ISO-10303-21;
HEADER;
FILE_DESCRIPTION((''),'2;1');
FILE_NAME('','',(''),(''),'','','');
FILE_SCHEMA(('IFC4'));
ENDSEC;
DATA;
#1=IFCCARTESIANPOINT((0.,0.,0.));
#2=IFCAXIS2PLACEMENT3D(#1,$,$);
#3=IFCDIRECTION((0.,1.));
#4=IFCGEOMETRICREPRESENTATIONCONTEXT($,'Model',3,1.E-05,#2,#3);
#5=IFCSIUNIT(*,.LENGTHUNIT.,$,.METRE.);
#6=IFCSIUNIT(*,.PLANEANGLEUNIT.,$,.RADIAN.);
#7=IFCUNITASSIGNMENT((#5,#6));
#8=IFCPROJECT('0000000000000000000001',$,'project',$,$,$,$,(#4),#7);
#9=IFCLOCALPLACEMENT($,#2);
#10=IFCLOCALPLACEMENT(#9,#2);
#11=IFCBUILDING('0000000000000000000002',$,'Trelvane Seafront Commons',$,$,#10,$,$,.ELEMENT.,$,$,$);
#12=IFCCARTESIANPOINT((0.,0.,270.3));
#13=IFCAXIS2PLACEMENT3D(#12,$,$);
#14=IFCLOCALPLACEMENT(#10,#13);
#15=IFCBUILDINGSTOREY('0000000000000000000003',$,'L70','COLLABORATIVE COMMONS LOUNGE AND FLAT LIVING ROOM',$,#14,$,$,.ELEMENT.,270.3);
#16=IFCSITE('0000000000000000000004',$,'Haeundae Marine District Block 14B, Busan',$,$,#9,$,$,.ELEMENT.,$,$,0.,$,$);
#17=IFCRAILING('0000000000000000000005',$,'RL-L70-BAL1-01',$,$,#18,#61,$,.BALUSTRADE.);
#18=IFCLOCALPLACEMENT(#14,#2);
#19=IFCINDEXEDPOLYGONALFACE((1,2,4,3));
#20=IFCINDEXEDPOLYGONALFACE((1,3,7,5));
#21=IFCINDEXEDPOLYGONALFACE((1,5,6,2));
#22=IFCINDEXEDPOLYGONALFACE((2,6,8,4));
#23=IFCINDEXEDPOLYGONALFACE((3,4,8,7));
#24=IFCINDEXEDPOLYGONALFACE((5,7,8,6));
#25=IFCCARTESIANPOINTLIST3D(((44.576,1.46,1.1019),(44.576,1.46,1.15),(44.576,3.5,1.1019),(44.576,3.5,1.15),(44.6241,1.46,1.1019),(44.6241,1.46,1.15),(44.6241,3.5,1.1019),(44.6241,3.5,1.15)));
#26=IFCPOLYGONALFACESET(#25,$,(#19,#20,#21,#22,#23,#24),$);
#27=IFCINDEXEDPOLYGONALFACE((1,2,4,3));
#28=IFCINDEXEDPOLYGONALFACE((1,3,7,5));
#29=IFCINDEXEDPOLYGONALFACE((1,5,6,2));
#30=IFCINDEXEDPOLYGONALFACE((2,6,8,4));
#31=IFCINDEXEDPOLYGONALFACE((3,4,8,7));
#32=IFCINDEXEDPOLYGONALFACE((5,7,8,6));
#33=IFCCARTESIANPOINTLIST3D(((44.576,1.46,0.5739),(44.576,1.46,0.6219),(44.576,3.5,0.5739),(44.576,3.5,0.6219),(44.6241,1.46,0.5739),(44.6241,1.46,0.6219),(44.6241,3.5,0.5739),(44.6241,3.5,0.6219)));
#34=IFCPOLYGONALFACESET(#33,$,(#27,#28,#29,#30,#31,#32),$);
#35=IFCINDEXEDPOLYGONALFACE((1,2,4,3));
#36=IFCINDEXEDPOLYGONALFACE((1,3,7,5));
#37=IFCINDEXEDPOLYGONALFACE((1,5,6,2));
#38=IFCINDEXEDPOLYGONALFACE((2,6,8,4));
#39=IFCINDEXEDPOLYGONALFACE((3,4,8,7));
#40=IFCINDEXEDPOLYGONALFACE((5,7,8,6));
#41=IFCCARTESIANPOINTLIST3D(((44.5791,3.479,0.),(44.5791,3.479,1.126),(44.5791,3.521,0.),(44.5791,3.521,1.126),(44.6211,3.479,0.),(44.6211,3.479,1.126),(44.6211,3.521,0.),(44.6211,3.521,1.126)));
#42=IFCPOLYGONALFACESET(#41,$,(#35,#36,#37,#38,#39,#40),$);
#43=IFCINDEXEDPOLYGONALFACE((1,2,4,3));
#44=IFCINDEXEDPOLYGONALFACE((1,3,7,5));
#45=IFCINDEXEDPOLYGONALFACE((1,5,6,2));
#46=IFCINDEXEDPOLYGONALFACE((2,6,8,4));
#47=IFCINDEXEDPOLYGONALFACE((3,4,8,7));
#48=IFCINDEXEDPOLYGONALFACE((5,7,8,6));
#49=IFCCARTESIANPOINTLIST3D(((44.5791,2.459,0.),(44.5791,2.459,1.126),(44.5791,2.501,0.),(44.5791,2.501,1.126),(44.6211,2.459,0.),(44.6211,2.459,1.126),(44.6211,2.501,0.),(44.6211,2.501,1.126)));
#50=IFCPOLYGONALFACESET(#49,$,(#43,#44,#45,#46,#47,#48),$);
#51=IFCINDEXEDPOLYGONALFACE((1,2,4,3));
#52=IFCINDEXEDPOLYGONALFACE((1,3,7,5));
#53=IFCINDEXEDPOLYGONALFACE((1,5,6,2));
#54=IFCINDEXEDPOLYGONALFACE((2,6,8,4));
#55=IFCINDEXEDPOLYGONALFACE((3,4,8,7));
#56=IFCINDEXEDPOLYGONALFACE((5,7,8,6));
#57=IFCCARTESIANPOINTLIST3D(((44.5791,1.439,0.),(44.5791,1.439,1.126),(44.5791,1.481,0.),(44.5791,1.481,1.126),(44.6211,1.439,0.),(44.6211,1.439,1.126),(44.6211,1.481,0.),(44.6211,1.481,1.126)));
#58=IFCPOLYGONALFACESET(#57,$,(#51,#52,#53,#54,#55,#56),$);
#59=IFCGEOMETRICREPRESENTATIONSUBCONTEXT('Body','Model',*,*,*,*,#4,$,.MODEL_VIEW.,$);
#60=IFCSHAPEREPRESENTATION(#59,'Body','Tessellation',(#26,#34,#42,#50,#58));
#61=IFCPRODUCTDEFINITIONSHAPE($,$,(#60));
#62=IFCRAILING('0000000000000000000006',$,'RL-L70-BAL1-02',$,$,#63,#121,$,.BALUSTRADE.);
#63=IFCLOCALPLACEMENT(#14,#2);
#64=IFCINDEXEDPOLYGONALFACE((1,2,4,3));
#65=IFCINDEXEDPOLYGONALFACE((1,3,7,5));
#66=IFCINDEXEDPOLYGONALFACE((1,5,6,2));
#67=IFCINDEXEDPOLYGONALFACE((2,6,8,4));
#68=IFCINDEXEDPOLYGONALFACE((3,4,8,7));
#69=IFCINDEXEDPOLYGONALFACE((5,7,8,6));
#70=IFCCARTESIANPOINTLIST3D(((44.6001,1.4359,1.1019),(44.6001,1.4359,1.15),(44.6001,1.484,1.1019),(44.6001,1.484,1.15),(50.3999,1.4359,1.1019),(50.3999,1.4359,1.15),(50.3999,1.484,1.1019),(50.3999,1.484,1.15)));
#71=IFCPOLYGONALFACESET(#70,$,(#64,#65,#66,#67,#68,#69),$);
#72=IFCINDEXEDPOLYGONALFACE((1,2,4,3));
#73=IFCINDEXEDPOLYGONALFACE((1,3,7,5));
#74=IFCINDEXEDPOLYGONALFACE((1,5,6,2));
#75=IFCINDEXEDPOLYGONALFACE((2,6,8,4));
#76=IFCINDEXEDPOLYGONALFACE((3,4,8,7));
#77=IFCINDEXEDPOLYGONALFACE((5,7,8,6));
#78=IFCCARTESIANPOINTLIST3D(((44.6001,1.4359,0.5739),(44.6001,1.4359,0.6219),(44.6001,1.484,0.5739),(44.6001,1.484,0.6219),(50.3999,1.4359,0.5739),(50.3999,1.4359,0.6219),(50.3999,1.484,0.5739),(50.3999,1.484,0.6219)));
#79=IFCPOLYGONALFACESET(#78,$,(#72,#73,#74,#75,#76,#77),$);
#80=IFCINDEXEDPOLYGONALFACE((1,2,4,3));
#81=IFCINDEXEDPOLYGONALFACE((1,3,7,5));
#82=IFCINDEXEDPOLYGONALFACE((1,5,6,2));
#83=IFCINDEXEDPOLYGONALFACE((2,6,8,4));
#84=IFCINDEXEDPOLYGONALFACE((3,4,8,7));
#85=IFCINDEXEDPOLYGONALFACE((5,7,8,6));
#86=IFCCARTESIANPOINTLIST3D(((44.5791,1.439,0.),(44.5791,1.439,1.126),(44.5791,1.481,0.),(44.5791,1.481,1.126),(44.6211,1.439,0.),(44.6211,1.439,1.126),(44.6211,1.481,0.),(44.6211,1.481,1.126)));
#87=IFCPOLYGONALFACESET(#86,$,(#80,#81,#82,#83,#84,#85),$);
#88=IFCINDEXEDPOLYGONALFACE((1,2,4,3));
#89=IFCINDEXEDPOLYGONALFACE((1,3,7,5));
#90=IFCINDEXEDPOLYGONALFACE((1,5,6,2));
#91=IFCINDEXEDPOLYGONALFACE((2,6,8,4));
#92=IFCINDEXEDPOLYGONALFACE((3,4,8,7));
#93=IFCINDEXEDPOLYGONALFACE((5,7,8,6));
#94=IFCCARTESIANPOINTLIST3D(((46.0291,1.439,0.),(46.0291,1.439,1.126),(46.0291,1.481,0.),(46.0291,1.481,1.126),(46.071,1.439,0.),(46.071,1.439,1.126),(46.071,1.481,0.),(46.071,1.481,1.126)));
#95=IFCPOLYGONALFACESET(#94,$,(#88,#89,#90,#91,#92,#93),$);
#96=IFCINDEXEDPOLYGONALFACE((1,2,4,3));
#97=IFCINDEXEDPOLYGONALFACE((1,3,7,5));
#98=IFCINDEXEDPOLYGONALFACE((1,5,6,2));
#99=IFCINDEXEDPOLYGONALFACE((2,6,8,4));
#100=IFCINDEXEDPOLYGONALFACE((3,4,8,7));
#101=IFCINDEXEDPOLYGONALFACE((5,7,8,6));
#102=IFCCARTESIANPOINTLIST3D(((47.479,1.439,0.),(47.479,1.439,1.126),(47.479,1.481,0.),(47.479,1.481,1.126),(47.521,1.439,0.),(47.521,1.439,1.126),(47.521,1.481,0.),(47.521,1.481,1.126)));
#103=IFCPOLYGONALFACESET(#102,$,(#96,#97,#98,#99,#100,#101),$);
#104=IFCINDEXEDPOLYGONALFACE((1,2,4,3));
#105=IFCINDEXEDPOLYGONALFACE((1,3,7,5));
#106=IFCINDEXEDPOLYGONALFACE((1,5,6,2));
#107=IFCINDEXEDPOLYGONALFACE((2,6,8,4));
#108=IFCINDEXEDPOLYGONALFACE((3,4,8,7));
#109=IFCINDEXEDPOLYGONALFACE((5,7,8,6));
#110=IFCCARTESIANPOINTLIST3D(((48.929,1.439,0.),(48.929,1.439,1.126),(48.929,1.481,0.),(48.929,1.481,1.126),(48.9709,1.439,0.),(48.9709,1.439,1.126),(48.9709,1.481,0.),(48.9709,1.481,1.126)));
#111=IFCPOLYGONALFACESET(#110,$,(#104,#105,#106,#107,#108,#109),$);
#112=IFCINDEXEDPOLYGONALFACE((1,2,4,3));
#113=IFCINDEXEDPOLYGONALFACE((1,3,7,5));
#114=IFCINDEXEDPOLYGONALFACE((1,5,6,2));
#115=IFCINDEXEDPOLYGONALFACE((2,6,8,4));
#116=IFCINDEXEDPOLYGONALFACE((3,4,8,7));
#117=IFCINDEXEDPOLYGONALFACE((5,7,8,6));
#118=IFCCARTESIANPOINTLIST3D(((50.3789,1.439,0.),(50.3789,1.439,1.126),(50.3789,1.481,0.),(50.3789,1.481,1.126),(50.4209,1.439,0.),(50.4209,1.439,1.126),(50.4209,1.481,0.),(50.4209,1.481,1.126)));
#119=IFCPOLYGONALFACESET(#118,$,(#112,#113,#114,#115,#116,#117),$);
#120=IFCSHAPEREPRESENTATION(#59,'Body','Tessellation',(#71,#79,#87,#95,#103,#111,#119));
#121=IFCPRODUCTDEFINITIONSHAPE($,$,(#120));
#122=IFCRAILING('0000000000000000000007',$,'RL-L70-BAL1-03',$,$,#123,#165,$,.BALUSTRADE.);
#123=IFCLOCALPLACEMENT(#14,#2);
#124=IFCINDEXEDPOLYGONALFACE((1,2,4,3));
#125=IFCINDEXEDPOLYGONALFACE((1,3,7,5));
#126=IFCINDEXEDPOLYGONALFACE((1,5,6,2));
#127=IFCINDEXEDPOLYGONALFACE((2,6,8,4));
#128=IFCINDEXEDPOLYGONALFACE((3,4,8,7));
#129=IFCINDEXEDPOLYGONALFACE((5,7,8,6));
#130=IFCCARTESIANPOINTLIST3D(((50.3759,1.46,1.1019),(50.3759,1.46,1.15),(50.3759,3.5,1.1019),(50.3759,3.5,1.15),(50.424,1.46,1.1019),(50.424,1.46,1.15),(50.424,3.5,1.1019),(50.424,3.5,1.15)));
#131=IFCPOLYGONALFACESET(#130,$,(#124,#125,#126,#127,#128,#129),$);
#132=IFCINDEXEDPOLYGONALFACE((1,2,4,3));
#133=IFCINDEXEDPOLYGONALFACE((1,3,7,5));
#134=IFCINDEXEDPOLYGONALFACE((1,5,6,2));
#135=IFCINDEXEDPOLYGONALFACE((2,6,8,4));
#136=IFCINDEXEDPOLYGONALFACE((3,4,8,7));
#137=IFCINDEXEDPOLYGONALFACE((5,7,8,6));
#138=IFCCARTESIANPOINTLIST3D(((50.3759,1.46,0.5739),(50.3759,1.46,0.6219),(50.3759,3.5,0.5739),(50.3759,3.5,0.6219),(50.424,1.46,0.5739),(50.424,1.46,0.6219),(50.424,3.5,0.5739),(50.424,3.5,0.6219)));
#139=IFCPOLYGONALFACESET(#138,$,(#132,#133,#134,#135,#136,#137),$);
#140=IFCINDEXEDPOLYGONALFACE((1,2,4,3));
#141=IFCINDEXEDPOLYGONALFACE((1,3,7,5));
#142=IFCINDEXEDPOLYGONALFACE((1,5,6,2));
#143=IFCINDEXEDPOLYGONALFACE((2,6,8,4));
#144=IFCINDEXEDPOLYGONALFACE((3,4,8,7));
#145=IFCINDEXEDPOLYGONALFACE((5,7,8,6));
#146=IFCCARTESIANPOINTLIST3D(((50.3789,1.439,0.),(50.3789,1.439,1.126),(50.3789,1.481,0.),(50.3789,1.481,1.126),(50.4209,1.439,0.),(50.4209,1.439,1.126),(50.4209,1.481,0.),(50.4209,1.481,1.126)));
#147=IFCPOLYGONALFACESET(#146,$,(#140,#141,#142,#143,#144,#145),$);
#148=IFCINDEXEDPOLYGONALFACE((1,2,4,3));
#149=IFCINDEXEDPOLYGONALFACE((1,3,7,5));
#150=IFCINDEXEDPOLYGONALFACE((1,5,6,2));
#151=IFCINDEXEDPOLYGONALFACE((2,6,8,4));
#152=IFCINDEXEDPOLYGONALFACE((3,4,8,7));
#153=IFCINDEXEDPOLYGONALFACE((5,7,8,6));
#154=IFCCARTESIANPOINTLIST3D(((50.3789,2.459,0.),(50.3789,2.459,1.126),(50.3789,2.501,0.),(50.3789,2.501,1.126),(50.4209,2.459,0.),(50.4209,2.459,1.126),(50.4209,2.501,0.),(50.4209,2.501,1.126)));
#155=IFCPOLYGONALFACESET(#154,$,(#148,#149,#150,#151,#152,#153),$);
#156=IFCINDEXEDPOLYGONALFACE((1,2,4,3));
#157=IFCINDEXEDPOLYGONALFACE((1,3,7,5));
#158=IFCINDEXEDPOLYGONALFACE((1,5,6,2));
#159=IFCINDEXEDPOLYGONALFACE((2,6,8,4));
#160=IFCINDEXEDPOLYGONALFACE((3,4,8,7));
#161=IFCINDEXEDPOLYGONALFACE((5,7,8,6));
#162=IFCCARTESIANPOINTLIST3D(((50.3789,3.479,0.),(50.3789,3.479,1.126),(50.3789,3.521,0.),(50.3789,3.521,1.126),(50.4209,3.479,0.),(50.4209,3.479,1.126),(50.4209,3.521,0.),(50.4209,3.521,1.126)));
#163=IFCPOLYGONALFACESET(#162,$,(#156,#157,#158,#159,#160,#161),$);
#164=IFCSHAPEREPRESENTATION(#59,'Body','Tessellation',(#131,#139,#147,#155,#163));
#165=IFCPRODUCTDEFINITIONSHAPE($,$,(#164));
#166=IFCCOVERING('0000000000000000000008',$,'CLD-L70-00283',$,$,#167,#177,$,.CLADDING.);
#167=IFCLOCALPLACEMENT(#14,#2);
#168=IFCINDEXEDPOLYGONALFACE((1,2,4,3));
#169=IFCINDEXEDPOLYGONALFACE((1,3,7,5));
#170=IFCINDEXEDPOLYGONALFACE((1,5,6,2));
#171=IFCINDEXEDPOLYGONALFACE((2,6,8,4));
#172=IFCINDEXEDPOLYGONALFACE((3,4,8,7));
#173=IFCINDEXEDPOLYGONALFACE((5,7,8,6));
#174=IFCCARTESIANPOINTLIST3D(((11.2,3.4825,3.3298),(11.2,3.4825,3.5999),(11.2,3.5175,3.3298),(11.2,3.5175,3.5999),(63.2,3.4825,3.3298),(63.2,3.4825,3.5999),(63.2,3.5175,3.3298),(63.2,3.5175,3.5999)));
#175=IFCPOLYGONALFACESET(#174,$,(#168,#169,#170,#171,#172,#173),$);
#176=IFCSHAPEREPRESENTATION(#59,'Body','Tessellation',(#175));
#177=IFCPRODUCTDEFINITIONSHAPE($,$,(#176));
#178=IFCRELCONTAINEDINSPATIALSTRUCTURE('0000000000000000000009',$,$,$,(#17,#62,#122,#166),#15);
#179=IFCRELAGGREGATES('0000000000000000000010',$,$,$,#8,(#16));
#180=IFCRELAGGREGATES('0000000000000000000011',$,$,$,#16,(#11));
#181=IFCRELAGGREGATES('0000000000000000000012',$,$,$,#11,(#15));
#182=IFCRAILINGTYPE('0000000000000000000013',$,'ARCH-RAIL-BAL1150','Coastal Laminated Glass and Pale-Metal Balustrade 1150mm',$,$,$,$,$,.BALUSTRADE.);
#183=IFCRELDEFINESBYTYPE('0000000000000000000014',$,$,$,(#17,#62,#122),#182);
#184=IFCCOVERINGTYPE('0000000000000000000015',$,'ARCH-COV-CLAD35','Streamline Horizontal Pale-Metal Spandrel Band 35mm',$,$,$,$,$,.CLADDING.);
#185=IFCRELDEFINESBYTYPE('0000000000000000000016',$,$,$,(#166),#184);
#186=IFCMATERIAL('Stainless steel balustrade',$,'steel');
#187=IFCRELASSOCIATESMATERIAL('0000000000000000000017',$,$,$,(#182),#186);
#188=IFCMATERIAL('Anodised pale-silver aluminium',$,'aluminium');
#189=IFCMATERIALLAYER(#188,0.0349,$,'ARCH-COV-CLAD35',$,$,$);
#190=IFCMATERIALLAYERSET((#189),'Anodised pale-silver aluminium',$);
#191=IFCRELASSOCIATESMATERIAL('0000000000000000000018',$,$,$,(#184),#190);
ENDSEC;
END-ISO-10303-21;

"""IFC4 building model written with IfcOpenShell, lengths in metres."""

from ifc_helpers import new_model, si_unit, direction, frame, origin, origin_2d, place, context, subcontext, project, spatial, rectangle, extrude, source, transform, mapped, material, layer, layer_set, type_object, element, save


model = new_model("IFC4")

# Units and contexts
model_context = context("Model", 3, precision=1e-05, world=origin(), true_north=direction((0.0, 1.0)))
body_context = subcontext(model_context, "Body", "Model", "MODEL_VIEW")
ifc_project = project(units=[si_unit("LENGTHUNIT", "METRE"), si_unit("PLANEANGLEUNIT", "RADIAN")], contexts=[model_context])

# Site, building, storey
site_placement = place(None, origin())
site = spatial("IfcSite", under=ifc_project, at=site_placement, Name="Haeundae Marine District Block 14B, Busan", CompositionType="ELEMENT", RefElevation=0.0)
building_placement = place(site_placement, origin())
building = spatial("IfcBuilding", under=site, at=building_placement, Name="Trelvane Seafront Commons", CompositionType="ELEMENT")
storey_placement = place(building_placement, frame((0.0, 0.0, 270.3)))
storey = spatial("IfcBuildingStorey", under=building, at=storey_placement, Name="L70", Description="COLLABORATIVE COMMONS LOUNGE AND FLAT LIVING ROOM", CompositionType="ELEMENT", Elevation=270.3)

# Shared definitions
ifc_material_1 = material(Name="Anodised pale-silver aluminium", Category="aluminium")

# Railings
ifc_material_2 = material(Name="Stainless steel balustrade", Category="steel")
railing_type = type_object("IfcRailingType", Name="ARCH-RAIL-BAL1150", Description="Coastal Laminated Glass and Pale-Metal Balustrade 1150mm", PredefinedType="BALUSTRADE", material=ifc_material_2)
railing_1_placement = place(storey_placement, frame((44.6001, 3.5, 0.0)))
element("IfcRailing", 1, at=railing_1_placement, inside=storey, type_object=railing_type, Name="RL-L70-BAL1-01", PredefinedType="BALUSTRADE", context=body_context, shape_type="SweptSolid", body=[
    extrude(rectangle(XDim=0.0481, YDim=0.0481, at=origin_2d()), frame((0.0, 0.0, 1.126), z_axis=(0.0, -1.0, 0.0), x_axis=(1.0, 0.0, 0.0)), (0.0, 0.0, 1.0), 2.04),
    extrude(rectangle(XDim=0.0481, YDim=0.0481, at=origin_2d()), frame((0.0, 0.0, 0.5979), z_axis=(0.0, -1.0, 0.0), x_axis=(1.0, 0.0, 0.0)), (0.0, 0.0, 1.0), 2.04),
    extrude(rectangle(XDim=0.042, YDim=0.042, at=origin_2d()), origin(), (0.0, 0.0, 1.0), 1.126),
    extrude(rectangle(XDim=0.042, YDim=0.042, at=origin_2d()), frame((0.0, -1.02, 0.0)), (0.0, 0.0, 1.0), 1.126),
    extrude(rectangle(XDim=0.042, YDim=0.042, at=origin_2d()), frame((0.0, -2.04, 0.0)), (0.0, 0.0, 1.0), 1.126),
])
railing_2_placement = place(storey_placement, frame((44.6001, 1.46, 0.0)))
element("IfcRailing", 2, at=railing_2_placement, inside=storey, type_object=railing_type, Name="RL-L70-BAL1-02", PredefinedType="BALUSTRADE", context=body_context, shape_type="SweptSolid", body=[
    extrude(rectangle(XDim=0.0481, YDim=0.0481, at=origin_2d()), frame((0.0, 0.0, 1.126), z_axis=(1.0, 0.0, 0.0), x_axis=(0.0, 1.0, 0.0)), (0.0, 0.0, 1.0), 5.7998),
    extrude(rectangle(XDim=0.0481, YDim=0.0481, at=origin_2d()), frame((0.0, 0.0, 0.5979), z_axis=(1.0, 0.0, 0.0), x_axis=(0.0, 1.0, 0.0)), (0.0, 0.0, 1.0), 5.7998),
    extrude(rectangle(XDim=0.042, YDim=0.042, at=origin_2d()), origin(), (0.0, 0.0, 1.0), 1.126),
    extrude(rectangle(XDim=0.042, YDim=0.042, at=origin_2d()), frame((1.45, 0.0, 0.0)), (0.0, 0.0, 1.0), 1.126),
    extrude(rectangle(XDim=0.042, YDim=0.042, at=origin_2d()), frame((2.8999, 0.0, 0.0)), (0.0, 0.0, 1.0), 1.126),
    extrude(rectangle(XDim=0.042, YDim=0.042, at=origin_2d()), frame((4.3499, 0.0, 0.0)), (0.0, 0.0, 1.0), 1.126),
    extrude(rectangle(XDim=0.042, YDim=0.042, at=origin_2d()), frame((5.7998, 0.0, 0.0)), (0.0, 0.0, 1.0), 1.126),
])
railing_3_placement = place(storey_placement, frame((50.3999, 1.46, 0.0)))
element("IfcRailing", 3, at=railing_3_placement, inside=storey, type_object=railing_type, Name="RL-L70-BAL1-03", PredefinedType="BALUSTRADE", context=body_context, shape_type="SweptSolid", body=[
    extrude(rectangle(XDim=0.0481, YDim=0.0481, at=origin_2d()), frame((0.0, 0.0, 1.126), z_axis=(0.0, 1.0, 0.0), x_axis=(-1.0, 0.0, 0.0)), (0.0, 0.0, 1.0), 2.04),
    extrude(rectangle(XDim=0.0481, YDim=0.0481, at=origin_2d()), frame((0.0, 0.0, 0.5979), z_axis=(0.0, 1.0, 0.0), x_axis=(-1.0, 0.0, 0.0)), (0.0, 0.0, 1.0), 2.04),
    extrude(rectangle(XDim=0.042, YDim=0.042, at=origin_2d()), origin(), (0.0, 0.0, 1.0), 1.126),
    extrude(rectangle(XDim=0.042, YDim=0.042, at=origin_2d()), frame((0.0, 1.02, 0.0)), (0.0, 0.0, 1.0), 1.126),
    extrude(rectangle(XDim=0.042, YDim=0.042, at=origin_2d()), frame((0.0, 2.04, 0.0)), (0.0, 0.0, 1.0), 1.126),
])

# Covering
ifc_layer_1 = layer(ifc_material_1, 0.0349, Name="ARCH-COV-CLAD35")
ifc_layer_set_1 = layer_set([ifc_layer_1], Name="Anodised pale-silver aluminium")
covering_type = type_object("IfcCoveringType", Name="ARCH-COV-CLAD35", Description="Streamline Horizontal Pale-Metal Spandrel Band 35mm", PredefinedType="CLADDING", material=ifc_layer_set_1)
shared_shape_1 = source(origin(), body_context, "Body", "SweptSolid", [
    extrude(rectangle(XDim=52.0, YDim=0.0349, at=origin_2d()), origin(), (0.0, 0.0, 1.0), 0.27),
])
covering_placement = place(storey_placement, frame((37.2, 3.5, 3.3298), z_axis=(0.0, 0.0, 1.0), x_axis=(-1.0, 0.0, 0.0)))
element("IfcCovering", 4, at=covering_placement, inside=storey, type_object=covering_type, Name="CLD-L70-00283", PredefinedType="CLADDING", context=body_context, shape_type="MappedRepresentation", body=[
    mapped(shared_shape_1, transform((0.0, 0.0, 0.0), x_axis=(1.0, 0.0, 0.0), y_axis=(0.0, 1.0, 0.0), z_axis=(0.0, 0.0, 1.0), scale=1.0)),
])

save(model, "model.ifc")
